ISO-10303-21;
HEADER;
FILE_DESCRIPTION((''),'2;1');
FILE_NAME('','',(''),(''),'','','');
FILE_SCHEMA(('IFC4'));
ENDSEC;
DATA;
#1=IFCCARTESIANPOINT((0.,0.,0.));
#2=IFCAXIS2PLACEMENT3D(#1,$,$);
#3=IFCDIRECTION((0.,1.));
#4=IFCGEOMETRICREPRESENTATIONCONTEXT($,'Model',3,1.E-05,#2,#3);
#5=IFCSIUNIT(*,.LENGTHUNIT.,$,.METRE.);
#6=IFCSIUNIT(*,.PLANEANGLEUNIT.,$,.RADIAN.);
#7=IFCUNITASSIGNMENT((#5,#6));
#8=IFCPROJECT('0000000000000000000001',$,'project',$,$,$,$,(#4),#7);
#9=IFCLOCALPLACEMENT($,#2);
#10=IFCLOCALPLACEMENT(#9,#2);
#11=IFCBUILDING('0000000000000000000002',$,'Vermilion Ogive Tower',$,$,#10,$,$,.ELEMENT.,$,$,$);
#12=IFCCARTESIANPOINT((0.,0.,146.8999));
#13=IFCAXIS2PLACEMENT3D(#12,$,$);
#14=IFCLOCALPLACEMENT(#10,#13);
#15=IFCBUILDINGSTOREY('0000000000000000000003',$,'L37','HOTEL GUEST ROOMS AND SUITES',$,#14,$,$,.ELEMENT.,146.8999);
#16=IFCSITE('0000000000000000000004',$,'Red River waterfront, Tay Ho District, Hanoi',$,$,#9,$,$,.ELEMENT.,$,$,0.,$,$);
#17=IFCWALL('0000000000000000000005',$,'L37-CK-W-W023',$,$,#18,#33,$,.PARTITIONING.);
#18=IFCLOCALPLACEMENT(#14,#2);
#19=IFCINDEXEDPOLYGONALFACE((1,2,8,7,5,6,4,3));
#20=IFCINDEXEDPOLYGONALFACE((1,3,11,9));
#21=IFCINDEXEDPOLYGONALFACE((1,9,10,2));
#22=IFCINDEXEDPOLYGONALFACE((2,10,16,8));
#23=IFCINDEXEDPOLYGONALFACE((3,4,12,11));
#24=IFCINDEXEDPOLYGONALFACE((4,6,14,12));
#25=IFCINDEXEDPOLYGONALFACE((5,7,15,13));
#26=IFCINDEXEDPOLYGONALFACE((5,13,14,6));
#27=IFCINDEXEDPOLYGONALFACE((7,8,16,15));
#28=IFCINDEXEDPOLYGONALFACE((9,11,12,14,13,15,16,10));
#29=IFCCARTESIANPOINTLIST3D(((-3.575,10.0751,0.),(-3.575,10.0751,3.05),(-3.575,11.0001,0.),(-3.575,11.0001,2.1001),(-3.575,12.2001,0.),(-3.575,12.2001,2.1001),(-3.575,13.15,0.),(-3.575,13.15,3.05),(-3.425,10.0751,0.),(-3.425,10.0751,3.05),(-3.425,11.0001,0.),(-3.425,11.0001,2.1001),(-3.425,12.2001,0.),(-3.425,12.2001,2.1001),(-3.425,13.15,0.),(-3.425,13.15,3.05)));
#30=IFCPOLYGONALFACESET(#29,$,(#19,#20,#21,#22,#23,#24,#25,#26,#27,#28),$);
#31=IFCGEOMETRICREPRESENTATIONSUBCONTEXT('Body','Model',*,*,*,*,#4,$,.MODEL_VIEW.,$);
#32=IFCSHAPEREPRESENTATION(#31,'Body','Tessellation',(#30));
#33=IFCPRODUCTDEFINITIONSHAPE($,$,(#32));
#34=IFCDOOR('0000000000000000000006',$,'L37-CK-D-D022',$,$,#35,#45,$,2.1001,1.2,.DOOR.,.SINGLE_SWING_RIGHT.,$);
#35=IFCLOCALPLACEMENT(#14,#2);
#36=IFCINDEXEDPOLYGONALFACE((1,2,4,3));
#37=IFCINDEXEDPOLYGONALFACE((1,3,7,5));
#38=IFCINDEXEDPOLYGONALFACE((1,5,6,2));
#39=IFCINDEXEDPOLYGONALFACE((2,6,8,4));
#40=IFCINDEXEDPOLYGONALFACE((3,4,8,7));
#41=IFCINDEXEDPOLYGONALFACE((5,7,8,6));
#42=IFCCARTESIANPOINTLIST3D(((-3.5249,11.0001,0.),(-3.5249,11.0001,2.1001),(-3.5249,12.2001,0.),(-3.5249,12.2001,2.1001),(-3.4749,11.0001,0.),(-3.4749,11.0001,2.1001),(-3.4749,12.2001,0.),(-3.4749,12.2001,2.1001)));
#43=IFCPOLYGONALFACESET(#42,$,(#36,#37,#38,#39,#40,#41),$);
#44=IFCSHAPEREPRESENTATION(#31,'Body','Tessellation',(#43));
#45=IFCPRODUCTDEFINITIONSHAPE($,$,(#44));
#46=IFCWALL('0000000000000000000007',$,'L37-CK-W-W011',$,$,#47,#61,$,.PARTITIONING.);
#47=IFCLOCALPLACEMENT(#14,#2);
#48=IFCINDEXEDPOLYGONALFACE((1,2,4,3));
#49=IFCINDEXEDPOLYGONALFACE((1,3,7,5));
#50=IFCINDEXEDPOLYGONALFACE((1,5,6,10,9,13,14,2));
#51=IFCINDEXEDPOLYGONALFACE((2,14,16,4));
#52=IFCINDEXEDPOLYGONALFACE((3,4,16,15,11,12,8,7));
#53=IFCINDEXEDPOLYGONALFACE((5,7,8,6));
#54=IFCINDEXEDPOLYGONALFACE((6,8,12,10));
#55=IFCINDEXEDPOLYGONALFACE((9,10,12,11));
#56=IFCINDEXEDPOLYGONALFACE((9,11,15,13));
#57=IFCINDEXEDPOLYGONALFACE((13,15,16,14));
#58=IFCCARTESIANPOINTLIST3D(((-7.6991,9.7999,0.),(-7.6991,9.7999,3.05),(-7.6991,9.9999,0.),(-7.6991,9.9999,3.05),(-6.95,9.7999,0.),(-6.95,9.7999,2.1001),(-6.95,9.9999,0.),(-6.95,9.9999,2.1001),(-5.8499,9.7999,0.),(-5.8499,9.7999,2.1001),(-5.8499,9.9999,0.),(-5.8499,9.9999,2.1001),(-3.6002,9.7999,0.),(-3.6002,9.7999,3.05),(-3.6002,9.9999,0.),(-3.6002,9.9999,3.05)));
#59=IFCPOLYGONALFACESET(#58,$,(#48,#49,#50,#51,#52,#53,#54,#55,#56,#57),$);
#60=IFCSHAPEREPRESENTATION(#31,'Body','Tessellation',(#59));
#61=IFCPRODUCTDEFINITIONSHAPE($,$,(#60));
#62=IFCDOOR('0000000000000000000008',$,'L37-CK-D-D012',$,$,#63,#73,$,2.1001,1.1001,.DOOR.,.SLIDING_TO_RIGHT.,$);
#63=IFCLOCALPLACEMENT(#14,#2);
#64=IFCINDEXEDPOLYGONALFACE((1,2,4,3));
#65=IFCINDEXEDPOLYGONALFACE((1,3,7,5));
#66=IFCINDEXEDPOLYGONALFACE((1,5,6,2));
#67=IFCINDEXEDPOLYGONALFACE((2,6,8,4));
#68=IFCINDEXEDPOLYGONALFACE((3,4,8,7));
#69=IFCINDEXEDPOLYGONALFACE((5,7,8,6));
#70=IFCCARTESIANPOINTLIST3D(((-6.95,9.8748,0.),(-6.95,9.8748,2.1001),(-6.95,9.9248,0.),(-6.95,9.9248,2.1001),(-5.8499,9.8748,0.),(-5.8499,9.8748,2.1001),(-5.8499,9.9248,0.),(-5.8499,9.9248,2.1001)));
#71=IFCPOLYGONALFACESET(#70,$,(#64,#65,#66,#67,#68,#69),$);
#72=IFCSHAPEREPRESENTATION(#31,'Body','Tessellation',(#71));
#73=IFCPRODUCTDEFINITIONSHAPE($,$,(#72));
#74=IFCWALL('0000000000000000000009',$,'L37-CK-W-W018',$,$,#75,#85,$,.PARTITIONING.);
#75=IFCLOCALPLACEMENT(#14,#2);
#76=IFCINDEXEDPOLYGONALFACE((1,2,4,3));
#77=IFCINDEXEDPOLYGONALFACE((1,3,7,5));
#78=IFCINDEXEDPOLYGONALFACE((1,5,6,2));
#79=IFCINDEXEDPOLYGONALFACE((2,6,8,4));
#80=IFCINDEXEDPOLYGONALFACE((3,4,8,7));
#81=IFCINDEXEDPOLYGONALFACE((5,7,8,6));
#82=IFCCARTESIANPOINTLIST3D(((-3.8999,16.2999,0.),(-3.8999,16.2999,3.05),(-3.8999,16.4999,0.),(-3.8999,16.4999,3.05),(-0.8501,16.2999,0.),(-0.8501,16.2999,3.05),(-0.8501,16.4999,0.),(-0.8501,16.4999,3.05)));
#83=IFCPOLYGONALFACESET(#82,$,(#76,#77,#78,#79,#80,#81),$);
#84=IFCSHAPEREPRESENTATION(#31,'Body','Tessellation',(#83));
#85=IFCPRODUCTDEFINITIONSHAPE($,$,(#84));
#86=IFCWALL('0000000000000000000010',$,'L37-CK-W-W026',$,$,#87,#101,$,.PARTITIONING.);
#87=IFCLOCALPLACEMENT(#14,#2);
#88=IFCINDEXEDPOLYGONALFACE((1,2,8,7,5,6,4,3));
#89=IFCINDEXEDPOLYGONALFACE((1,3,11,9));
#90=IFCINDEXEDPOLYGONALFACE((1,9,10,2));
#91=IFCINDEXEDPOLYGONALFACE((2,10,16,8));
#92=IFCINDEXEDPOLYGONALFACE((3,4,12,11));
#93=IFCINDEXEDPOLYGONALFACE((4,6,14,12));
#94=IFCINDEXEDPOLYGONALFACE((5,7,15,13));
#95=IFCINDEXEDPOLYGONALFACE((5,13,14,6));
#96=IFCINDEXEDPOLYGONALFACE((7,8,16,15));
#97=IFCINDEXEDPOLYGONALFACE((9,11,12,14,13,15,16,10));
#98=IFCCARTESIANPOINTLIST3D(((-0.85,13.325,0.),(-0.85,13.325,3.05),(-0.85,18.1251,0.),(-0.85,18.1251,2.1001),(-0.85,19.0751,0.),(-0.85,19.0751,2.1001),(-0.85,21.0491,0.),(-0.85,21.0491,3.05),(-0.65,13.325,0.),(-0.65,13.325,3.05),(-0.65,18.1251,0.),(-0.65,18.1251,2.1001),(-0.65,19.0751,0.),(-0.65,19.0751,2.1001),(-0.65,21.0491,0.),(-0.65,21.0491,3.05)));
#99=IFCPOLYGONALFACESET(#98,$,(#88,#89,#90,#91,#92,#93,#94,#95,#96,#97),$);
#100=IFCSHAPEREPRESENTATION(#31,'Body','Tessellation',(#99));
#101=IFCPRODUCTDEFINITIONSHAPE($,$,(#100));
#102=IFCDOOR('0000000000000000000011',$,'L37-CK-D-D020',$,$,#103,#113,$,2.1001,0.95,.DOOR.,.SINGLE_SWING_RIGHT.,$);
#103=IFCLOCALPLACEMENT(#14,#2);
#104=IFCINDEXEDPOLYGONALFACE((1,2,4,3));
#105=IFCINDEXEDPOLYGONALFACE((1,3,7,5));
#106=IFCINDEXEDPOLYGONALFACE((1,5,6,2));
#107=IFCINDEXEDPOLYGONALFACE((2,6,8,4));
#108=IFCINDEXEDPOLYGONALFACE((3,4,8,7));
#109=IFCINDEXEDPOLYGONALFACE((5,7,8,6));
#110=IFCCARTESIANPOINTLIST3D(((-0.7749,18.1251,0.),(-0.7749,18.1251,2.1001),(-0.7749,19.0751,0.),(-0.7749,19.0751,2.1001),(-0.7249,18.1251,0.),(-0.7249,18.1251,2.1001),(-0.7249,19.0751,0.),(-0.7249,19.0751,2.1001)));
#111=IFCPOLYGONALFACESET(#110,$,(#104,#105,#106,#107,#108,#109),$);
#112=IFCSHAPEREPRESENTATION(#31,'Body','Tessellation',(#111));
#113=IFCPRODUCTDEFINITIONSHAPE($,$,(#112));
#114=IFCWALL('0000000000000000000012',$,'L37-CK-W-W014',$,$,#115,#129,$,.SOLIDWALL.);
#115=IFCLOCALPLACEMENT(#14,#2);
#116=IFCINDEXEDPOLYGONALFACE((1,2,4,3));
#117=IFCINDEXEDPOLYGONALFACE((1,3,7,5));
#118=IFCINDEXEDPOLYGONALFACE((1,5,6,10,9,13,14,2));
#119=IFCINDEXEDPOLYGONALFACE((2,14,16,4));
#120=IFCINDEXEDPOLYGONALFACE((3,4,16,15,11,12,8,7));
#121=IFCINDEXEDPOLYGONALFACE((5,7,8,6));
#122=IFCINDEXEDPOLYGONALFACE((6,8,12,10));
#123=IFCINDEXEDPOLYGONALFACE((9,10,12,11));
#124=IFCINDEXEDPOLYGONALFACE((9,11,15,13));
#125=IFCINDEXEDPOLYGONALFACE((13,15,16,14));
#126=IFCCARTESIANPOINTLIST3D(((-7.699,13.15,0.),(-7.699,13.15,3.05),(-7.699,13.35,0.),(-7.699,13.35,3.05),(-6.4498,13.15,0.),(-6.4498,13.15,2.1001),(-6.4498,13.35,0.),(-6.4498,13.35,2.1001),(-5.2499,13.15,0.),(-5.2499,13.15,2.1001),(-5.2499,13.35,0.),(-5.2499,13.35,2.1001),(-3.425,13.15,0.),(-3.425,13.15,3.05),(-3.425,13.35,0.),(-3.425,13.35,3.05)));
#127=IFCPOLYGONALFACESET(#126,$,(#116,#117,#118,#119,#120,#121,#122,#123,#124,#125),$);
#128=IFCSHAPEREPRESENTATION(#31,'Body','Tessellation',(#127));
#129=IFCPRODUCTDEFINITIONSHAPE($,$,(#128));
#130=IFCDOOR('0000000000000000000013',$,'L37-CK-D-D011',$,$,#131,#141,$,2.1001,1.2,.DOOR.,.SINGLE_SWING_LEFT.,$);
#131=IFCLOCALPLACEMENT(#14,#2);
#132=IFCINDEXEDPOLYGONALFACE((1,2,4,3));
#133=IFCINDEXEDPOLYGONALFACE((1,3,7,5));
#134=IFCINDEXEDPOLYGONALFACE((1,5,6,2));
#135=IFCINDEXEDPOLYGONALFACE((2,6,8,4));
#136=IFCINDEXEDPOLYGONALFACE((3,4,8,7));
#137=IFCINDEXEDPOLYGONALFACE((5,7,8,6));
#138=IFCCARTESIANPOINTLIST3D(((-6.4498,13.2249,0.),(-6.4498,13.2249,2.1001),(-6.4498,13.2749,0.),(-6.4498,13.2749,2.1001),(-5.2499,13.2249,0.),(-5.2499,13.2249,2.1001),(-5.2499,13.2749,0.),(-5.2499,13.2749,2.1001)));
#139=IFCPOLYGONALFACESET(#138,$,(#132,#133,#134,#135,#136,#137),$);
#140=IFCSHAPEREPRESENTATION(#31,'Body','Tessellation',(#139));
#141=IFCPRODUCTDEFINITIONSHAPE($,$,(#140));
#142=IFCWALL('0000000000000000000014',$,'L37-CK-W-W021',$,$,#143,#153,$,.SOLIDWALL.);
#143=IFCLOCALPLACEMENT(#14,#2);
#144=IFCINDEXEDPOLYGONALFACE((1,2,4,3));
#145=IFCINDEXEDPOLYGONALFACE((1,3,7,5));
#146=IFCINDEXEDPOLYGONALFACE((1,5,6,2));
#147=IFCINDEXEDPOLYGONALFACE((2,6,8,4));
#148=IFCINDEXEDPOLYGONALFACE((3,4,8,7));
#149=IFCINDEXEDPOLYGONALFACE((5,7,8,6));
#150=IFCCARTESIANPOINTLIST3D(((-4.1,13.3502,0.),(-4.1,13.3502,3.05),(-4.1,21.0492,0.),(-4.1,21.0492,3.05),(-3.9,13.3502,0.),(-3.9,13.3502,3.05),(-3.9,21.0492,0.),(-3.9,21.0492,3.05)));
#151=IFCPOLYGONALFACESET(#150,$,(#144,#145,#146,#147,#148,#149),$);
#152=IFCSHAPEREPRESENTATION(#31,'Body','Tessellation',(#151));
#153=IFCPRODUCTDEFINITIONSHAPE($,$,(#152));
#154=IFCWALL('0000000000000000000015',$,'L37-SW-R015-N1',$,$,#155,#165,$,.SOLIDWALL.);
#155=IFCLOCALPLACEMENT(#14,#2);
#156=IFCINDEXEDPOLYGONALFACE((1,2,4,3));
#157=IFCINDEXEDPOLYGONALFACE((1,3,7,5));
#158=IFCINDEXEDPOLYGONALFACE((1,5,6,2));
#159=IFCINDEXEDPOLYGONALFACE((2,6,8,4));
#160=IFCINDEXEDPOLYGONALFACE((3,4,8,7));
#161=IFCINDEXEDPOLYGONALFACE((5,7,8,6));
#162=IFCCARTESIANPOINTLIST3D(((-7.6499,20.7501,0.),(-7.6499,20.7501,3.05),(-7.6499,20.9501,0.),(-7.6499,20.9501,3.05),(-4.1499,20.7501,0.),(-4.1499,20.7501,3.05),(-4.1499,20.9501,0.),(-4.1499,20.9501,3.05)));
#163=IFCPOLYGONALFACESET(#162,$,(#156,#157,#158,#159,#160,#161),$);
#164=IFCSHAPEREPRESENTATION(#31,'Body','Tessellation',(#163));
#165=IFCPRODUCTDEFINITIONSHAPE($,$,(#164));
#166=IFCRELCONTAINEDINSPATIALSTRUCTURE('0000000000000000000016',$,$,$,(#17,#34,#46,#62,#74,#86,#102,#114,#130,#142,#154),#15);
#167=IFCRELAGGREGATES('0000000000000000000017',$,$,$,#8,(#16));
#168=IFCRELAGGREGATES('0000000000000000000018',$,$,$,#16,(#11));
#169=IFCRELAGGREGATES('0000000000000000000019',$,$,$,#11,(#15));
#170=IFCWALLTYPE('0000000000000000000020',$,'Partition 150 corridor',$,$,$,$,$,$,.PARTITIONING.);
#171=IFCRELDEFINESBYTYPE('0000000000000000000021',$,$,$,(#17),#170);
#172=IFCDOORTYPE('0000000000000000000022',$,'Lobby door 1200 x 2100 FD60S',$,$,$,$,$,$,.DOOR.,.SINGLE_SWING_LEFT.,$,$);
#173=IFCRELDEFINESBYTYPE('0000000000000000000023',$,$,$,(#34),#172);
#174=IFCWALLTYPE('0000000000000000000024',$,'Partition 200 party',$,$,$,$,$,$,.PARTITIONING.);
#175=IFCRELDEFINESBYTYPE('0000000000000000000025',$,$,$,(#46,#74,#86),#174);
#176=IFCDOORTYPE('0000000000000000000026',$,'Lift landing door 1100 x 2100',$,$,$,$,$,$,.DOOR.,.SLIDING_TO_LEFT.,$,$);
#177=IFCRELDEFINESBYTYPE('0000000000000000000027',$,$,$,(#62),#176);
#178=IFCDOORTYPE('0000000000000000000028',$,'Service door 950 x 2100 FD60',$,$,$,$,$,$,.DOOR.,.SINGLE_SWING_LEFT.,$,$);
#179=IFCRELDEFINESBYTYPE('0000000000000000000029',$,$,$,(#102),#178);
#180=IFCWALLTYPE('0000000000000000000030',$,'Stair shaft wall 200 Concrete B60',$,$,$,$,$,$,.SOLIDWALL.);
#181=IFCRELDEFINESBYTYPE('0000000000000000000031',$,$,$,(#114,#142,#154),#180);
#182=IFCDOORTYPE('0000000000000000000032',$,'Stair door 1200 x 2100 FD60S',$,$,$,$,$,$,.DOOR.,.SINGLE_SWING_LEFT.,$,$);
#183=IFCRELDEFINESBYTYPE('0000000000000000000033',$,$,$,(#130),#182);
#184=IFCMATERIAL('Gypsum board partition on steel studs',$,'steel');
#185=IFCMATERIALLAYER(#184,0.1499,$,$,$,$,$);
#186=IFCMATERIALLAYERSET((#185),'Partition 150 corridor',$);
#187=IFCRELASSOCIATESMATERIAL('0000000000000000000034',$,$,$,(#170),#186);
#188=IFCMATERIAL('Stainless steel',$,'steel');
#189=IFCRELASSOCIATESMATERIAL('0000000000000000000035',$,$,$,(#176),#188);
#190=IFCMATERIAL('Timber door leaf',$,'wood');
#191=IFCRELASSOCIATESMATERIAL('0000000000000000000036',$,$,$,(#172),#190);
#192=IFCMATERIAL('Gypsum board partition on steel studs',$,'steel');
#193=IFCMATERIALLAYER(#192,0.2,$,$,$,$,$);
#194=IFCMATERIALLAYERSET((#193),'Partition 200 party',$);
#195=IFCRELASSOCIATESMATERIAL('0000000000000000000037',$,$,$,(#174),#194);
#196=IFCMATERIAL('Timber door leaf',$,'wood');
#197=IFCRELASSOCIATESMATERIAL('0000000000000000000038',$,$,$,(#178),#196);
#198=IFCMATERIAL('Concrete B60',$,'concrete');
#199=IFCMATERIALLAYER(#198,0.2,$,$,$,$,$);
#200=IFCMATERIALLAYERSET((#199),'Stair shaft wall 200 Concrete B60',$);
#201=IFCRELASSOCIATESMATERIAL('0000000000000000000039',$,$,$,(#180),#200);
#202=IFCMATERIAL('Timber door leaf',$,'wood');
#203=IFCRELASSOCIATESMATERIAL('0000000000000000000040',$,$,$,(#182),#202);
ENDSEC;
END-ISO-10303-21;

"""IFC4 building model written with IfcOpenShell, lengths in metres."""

from ifc_helpers import new_model, si_unit, direction, frame, frame_2d, origin, place, context, subcontext, project, spatial, rectangle, extrude, material, layer, layer_set, type_object, element, fill, save


model = new_model("IFC4")

# Units and contexts
model_context = context("Model", 3, precision=1e-05, world=origin(), true_north=direction((0.0, 1.0)))
body_context = subcontext(model_context, "Body", "Model", "MODEL_VIEW")
ifc_project = project(units=[si_unit("LENGTHUNIT", "METRE"), si_unit("PLANEANGLEUNIT", "RADIAN")], contexts=[model_context])

# Site, building, storey
site_placement = place(None, origin())
site = spatial("IfcSite", under=ifc_project, at=site_placement, Name="Red River waterfront, Tay Ho District, Hanoi", CompositionType="ELEMENT", RefElevation=0.0)
building_placement = place(site_placement, origin())
building = spatial("IfcBuilding", under=site, at=building_placement, Name="Vermilion Ogive Tower", CompositionType="ELEMENT")
storey_placement = place(building_placement, frame((0.0, 0.0, 146.8999)))
storey = spatial("IfcBuildingStorey", under=building, at=storey_placement, Name="L37", Description="HOTEL GUEST ROOMS AND SUITES", CompositionType="ELEMENT", Elevation=146.8999)

# Shared definitions
ifc_material_1 = material(Name="Gypsum board partition on steel studs", Category="steel")
ifc_layer_1 = layer(ifc_material_1, 0.1499)
ifc_layer_set_1 = layer_set([ifc_layer_1], Name="Partition 150 corridor")
wall_type_1 = type_object("IfcWallType", Name="Partition 150 corridor", PredefinedType="PARTITIONING", material=ifc_layer_set_1)

# Shared definitions
ifc_material_2 = material(Name="Stainless steel", Category="steel")
door_type_1 = type_object("IfcDoorType", Name="Lift landing door 1100 x 2100", OperationType="SLIDING_TO_LEFT", PredefinedType="DOOR", material=ifc_material_2)

# Walls, openings, doors
wall_1_placement = place(storey_placement, frame((-3.5, 10.075, 0.0), z_axis=(0.0, 0.0, 1.0), x_axis=(0.0, 1.0, 0.0)))
wall_1 = element("IfcWall", 1, at=wall_1_placement, inside=storey, type_object=wall_type_1, Name="L37-CK-W-W023", PredefinedType="PARTITIONING", context=body_context, shape_type="SweptSolid", body=[
    extrude(rectangle(XDim=3.075, YDim=0.1499, at=frame_2d((1.5376, 0.0))), origin(), (0.0, 0.0, 1.0), 3.05),
])
opening_1_placement = place(wall_1_placement, frame((0.925, 0.0, 0.0)))
opening_1 = element("IfcOpeningElement", 2, at=opening_1_placement, cuts=wall_1, PredefinedType="OPENING", context=body_context, shape_type="SweptSolid", body=[
    extrude(rectangle(XDim=1.2, YDim=2.1001, at=frame_2d((0.6001, 1.05))), frame((0.0, 0.085, 0.0), z_axis=(0.0, -1.0, 0.0), x_axis=(1.0, 0.0, 0.0)), (0.0, 0.0, 1.0), 0.1699),
])
ifc_material_3 = material(Name="Timber door leaf", Category="wood")
door_type_2 = type_object("IfcDoorType", Name="Lobby door 1200 x 2100 FD60S", OperationType="SINGLE_SWING_LEFT", PredefinedType="DOOR", material=ifc_material_3)
door_1_placement = place(opening_1_placement, origin())
door_1 = element("IfcDoor", 3, at=door_1_placement, inside=storey, type_object=door_type_2, Name="L37-CK-D-D022", OperationType="SINGLE_SWING_RIGHT", OverallHeight=2.1001, OverallWidth=1.2, PredefinedType="DOOR", context=body_context, shape_type="SweptSolid", body=[
    extrude(rectangle(XDim=1.2, YDim=2.1001, at=frame_2d((0.6001, 1.05))), frame((0.0, 0.0249, 0.0), z_axis=(0.0, -1.0, 0.0), x_axis=(1.0, 0.0, 0.0)), (0.0, 0.0, 1.0), 0.05),
])
fill(opening_1, door_1)
ifc_material_4 = material(Name="Gypsum board partition on steel studs", Category="steel")
ifc_layer_2 = layer(ifc_material_4, 0.2)
ifc_layer_set_2 = layer_set([ifc_layer_2], Name="Partition 200 party")
wall_type_2 = type_object("IfcWallType", Name="Partition 200 party", PredefinedType="PARTITIONING", material=ifc_layer_set_2)
wall_2_placement = place(storey_placement, frame((-7.699, 9.8999, 0.0), z_axis=(0.0, 0.0, 1.0), x_axis=(1.0, 0.0, 0.0)))
wall_2 = element("IfcWall", 4, at=wall_2_placement, inside=storey, type_object=wall_type_2, Name="L37-CK-W-W011", PredefinedType="PARTITIONING", context=body_context, shape_type="SweptSolid", body=[
    extrude(rectangle(XDim=4.0989, YDim=0.2, at=frame_2d((2.0493, 0.0))), origin(), (0.0, 0.0, 1.0), 3.05),
])
opening_2_placement = place(wall_2_placement, frame((0.749, 0.0, 0.0)))
opening_2 = element("IfcOpeningElement", 5, at=opening_2_placement, cuts=wall_2, PredefinedType="OPENING", context=body_context, shape_type="SweptSolid", body=[
    extrude(rectangle(XDim=1.1001, YDim=2.1001, at=frame_2d((0.55, 1.05))), frame((0.0, 0.1099, 0.0), z_axis=(0.0, -1.0, 0.0), x_axis=(1.0, 0.0, 0.0)), (0.0, 0.0, 1.0), 0.22),
])
door_2_placement = place(opening_2_placement, origin())
door_2 = element("IfcDoor", 6, at=door_2_placement, inside=storey, type_object=door_type_1, Name="L37-CK-D-D012", OperationType="SLIDING_TO_RIGHT", OverallHeight=2.1001, OverallWidth=1.1001, PredefinedType="DOOR", context=body_context, shape_type="SweptSolid", body=[
    extrude(rectangle(XDim=1.1001, YDim=2.1001, at=frame_2d((0.55, 1.05))), frame((0.0, 0.0249, 0.0), z_axis=(0.0, -1.0, 0.0), x_axis=(1.0, 0.0, 0.0)), (0.0, 0.0, 1.0), 0.05),
])
fill(opening_2, door_2)

# Wall
wall_3_placement = place(storey_placement, frame((-3.8999, 16.3999, 0.0), z_axis=(0.0, 0.0, 1.0), x_axis=(1.0, 0.0, 0.0)))
element("IfcWall", 7, at=wall_3_placement, inside=storey, type_object=wall_type_2, Name="L37-CK-W-W018", PredefinedType="PARTITIONING", context=body_context, shape_type="SweptSolid", body=[
    extrude(rectangle(XDim=3.0498, YDim=0.2, at=frame_2d((1.5249, 0.0))), origin(), (0.0, 0.0, 1.0), 3.05),
])

# Walls, openings, doors
wall_4_placement = place(storey_placement, frame((-0.75, 13.325, 0.0), z_axis=(0.0, 0.0, 1.0), x_axis=(0.0, 1.0, 0.0)))
wall_4 = element("IfcWall", 8, at=wall_4_placement, inside=storey, type_object=wall_type_2, Name="L37-CK-W-W026", PredefinedType="PARTITIONING", context=body_context, shape_type="SweptSolid", body=[
    extrude(rectangle(XDim=7.7241, YDim=0.2, at=frame_2d((3.8621, 0.0))), origin(), (0.0, 0.0, 1.0), 3.05),
])
opening_3_placement = place(wall_4_placement, frame((4.8, 0.0, 0.0)))
opening_3 = element("IfcOpeningElement", 9, at=opening_3_placement, cuts=wall_4, PredefinedType="OPENING", context=body_context, shape_type="SweptSolid", body=[
    extrude(rectangle(XDim=0.95, YDim=2.1001, at=frame_2d((0.4751, 1.05))), frame((0.0, 0.1099, 0.0), z_axis=(0.0, -1.0, 0.0), x_axis=(1.0, 0.0, 0.0)), (0.0, 0.0, 1.0), 0.22),
])
ifc_material_5 = material(Name="Timber door leaf", Category="wood")
door_type_3 = type_object("IfcDoorType", Name="Service door 950 x 2100 FD60", OperationType="SINGLE_SWING_LEFT", PredefinedType="DOOR", material=ifc_material_5)
door_3_placement = place(opening_3_placement, origin())
door_3 = element("IfcDoor", 10, at=door_3_placement, inside=storey, type_object=door_type_3, Name="L37-CK-D-D020", OperationType="SINGLE_SWING_RIGHT", OverallHeight=2.1001, OverallWidth=0.95, PredefinedType="DOOR", context=body_context, shape_type="SweptSolid", body=[
    extrude(rectangle(XDim=0.95, YDim=2.1001, at=frame_2d((0.4751, 1.05))), frame((0.0, 0.0249, 0.0), z_axis=(0.0, -1.0, 0.0), x_axis=(1.0, 0.0, 0.0)), (0.0, 0.0, 1.0), 0.05),
])
fill(opening_3, door_3)
ifc_material_6 = material(Name="Concrete B60", Category="concrete")
ifc_layer_3 = layer(ifc_material_6, 0.2)
ifc_layer_set_3 = layer_set([ifc_layer_3], Name="Stair shaft wall 200 Concrete B60")
wall_type_3 = type_object("IfcWallType", Name="Stair shaft wall 200 Concrete B60", PredefinedType="SOLIDWALL", material=ifc_layer_set_3)
wall_5_placement = place(storey_placement, frame((-7.699, 13.25, 0.0), z_axis=(0.0, 0.0, 1.0), x_axis=(1.0, 0.0, 0.0)))
wall_5 = element("IfcWall", 11, at=wall_5_placement, inside=storey, type_object=wall_type_3, Name="L37-CK-W-W014", PredefinedType="SOLIDWALL", context=body_context, shape_type="SweptSolid", body=[
    extrude(rectangle(XDim=4.2739, YDim=0.2, at=frame_2d((2.137, 0.0))), origin(), (0.0, 0.0, 1.0), 3.05),
])
opening_4_placement = place(wall_5_placement, frame((1.249, 0.0, 0.0)))
opening_4 = element("IfcOpeningElement", 12, at=opening_4_placement, cuts=wall_5, PredefinedType="OPENING", context=body_context, shape_type="SweptSolid", body=[
    extrude(rectangle(XDim=1.2, YDim=2.1001, at=frame_2d((0.6001, 1.05))), frame((0.0, 0.1099, 0.0), z_axis=(0.0, -1.0, 0.0), x_axis=(1.0, 0.0, 0.0)), (0.0, 0.0, 1.0), 0.22),
])
ifc_material_7 = material(Name="Timber door leaf", Category="wood")
door_type_4 = type_object("IfcDoorType", Name="Stair door 1200 x 2100 FD60S", OperationType="SINGLE_SWING_LEFT", PredefinedType="DOOR", material=ifc_material_7)
door_4_placement = place(opening_4_placement, origin())
door_4 = element("IfcDoor", 13, at=door_4_placement, inside=storey, type_object=door_type_4, Name="L37-CK-D-D011", OperationType="SINGLE_SWING_LEFT", OverallHeight=2.1001, OverallWidth=1.2, PredefinedType="DOOR", context=body_context, shape_type="SweptSolid", body=[
    extrude(rectangle(XDim=1.2, YDim=2.1001, at=frame_2d((0.6001, 1.05))), frame((0.0, 0.0249, 0.0), z_axis=(0.0, -1.0, 0.0), x_axis=(1.0, 0.0, 0.0)), (0.0, 0.0, 1.0), 0.05),
])
fill(opening_4, door_4)

# Walls
wall_6_placement = place(storey_placement, frame((-4.0, 13.3501, 0.0), z_axis=(0.0, 0.0, 1.0), x_axis=(0.0, 1.0, 0.0)))
element("IfcWall", 14, at=wall_6_placement, inside=storey, type_object=wall_type_3, Name="L37-CK-W-W021", PredefinedType="SOLIDWALL", context=body_context, shape_type="SweptSolid", body=[
    extrude(rectangle(XDim=7.699, YDim=0.2, at=frame_2d((3.8496, 0.0))), origin(), (0.0, 0.0, 1.0), 3.05),
])
wall_7_placement = place(storey_placement, frame((-7.6499, 20.8501, 0.0), z_axis=(0.0, 0.0, 1.0), x_axis=(1.0, 0.0, 0.0)))
element("IfcWall", 15, at=wall_7_placement, inside=storey, type_object=wall_type_3, Name="L37-SW-R015-N1", PredefinedType="SOLIDWALL", context=body_context, shape_type="SweptSolid", body=[
    extrude(rectangle(XDim=3.5, YDim=0.2, at=frame_2d((1.75, 0.0))), origin(), (0.0, 0.0, 1.0), 3.05),
])

save(model, "model.ifc")
